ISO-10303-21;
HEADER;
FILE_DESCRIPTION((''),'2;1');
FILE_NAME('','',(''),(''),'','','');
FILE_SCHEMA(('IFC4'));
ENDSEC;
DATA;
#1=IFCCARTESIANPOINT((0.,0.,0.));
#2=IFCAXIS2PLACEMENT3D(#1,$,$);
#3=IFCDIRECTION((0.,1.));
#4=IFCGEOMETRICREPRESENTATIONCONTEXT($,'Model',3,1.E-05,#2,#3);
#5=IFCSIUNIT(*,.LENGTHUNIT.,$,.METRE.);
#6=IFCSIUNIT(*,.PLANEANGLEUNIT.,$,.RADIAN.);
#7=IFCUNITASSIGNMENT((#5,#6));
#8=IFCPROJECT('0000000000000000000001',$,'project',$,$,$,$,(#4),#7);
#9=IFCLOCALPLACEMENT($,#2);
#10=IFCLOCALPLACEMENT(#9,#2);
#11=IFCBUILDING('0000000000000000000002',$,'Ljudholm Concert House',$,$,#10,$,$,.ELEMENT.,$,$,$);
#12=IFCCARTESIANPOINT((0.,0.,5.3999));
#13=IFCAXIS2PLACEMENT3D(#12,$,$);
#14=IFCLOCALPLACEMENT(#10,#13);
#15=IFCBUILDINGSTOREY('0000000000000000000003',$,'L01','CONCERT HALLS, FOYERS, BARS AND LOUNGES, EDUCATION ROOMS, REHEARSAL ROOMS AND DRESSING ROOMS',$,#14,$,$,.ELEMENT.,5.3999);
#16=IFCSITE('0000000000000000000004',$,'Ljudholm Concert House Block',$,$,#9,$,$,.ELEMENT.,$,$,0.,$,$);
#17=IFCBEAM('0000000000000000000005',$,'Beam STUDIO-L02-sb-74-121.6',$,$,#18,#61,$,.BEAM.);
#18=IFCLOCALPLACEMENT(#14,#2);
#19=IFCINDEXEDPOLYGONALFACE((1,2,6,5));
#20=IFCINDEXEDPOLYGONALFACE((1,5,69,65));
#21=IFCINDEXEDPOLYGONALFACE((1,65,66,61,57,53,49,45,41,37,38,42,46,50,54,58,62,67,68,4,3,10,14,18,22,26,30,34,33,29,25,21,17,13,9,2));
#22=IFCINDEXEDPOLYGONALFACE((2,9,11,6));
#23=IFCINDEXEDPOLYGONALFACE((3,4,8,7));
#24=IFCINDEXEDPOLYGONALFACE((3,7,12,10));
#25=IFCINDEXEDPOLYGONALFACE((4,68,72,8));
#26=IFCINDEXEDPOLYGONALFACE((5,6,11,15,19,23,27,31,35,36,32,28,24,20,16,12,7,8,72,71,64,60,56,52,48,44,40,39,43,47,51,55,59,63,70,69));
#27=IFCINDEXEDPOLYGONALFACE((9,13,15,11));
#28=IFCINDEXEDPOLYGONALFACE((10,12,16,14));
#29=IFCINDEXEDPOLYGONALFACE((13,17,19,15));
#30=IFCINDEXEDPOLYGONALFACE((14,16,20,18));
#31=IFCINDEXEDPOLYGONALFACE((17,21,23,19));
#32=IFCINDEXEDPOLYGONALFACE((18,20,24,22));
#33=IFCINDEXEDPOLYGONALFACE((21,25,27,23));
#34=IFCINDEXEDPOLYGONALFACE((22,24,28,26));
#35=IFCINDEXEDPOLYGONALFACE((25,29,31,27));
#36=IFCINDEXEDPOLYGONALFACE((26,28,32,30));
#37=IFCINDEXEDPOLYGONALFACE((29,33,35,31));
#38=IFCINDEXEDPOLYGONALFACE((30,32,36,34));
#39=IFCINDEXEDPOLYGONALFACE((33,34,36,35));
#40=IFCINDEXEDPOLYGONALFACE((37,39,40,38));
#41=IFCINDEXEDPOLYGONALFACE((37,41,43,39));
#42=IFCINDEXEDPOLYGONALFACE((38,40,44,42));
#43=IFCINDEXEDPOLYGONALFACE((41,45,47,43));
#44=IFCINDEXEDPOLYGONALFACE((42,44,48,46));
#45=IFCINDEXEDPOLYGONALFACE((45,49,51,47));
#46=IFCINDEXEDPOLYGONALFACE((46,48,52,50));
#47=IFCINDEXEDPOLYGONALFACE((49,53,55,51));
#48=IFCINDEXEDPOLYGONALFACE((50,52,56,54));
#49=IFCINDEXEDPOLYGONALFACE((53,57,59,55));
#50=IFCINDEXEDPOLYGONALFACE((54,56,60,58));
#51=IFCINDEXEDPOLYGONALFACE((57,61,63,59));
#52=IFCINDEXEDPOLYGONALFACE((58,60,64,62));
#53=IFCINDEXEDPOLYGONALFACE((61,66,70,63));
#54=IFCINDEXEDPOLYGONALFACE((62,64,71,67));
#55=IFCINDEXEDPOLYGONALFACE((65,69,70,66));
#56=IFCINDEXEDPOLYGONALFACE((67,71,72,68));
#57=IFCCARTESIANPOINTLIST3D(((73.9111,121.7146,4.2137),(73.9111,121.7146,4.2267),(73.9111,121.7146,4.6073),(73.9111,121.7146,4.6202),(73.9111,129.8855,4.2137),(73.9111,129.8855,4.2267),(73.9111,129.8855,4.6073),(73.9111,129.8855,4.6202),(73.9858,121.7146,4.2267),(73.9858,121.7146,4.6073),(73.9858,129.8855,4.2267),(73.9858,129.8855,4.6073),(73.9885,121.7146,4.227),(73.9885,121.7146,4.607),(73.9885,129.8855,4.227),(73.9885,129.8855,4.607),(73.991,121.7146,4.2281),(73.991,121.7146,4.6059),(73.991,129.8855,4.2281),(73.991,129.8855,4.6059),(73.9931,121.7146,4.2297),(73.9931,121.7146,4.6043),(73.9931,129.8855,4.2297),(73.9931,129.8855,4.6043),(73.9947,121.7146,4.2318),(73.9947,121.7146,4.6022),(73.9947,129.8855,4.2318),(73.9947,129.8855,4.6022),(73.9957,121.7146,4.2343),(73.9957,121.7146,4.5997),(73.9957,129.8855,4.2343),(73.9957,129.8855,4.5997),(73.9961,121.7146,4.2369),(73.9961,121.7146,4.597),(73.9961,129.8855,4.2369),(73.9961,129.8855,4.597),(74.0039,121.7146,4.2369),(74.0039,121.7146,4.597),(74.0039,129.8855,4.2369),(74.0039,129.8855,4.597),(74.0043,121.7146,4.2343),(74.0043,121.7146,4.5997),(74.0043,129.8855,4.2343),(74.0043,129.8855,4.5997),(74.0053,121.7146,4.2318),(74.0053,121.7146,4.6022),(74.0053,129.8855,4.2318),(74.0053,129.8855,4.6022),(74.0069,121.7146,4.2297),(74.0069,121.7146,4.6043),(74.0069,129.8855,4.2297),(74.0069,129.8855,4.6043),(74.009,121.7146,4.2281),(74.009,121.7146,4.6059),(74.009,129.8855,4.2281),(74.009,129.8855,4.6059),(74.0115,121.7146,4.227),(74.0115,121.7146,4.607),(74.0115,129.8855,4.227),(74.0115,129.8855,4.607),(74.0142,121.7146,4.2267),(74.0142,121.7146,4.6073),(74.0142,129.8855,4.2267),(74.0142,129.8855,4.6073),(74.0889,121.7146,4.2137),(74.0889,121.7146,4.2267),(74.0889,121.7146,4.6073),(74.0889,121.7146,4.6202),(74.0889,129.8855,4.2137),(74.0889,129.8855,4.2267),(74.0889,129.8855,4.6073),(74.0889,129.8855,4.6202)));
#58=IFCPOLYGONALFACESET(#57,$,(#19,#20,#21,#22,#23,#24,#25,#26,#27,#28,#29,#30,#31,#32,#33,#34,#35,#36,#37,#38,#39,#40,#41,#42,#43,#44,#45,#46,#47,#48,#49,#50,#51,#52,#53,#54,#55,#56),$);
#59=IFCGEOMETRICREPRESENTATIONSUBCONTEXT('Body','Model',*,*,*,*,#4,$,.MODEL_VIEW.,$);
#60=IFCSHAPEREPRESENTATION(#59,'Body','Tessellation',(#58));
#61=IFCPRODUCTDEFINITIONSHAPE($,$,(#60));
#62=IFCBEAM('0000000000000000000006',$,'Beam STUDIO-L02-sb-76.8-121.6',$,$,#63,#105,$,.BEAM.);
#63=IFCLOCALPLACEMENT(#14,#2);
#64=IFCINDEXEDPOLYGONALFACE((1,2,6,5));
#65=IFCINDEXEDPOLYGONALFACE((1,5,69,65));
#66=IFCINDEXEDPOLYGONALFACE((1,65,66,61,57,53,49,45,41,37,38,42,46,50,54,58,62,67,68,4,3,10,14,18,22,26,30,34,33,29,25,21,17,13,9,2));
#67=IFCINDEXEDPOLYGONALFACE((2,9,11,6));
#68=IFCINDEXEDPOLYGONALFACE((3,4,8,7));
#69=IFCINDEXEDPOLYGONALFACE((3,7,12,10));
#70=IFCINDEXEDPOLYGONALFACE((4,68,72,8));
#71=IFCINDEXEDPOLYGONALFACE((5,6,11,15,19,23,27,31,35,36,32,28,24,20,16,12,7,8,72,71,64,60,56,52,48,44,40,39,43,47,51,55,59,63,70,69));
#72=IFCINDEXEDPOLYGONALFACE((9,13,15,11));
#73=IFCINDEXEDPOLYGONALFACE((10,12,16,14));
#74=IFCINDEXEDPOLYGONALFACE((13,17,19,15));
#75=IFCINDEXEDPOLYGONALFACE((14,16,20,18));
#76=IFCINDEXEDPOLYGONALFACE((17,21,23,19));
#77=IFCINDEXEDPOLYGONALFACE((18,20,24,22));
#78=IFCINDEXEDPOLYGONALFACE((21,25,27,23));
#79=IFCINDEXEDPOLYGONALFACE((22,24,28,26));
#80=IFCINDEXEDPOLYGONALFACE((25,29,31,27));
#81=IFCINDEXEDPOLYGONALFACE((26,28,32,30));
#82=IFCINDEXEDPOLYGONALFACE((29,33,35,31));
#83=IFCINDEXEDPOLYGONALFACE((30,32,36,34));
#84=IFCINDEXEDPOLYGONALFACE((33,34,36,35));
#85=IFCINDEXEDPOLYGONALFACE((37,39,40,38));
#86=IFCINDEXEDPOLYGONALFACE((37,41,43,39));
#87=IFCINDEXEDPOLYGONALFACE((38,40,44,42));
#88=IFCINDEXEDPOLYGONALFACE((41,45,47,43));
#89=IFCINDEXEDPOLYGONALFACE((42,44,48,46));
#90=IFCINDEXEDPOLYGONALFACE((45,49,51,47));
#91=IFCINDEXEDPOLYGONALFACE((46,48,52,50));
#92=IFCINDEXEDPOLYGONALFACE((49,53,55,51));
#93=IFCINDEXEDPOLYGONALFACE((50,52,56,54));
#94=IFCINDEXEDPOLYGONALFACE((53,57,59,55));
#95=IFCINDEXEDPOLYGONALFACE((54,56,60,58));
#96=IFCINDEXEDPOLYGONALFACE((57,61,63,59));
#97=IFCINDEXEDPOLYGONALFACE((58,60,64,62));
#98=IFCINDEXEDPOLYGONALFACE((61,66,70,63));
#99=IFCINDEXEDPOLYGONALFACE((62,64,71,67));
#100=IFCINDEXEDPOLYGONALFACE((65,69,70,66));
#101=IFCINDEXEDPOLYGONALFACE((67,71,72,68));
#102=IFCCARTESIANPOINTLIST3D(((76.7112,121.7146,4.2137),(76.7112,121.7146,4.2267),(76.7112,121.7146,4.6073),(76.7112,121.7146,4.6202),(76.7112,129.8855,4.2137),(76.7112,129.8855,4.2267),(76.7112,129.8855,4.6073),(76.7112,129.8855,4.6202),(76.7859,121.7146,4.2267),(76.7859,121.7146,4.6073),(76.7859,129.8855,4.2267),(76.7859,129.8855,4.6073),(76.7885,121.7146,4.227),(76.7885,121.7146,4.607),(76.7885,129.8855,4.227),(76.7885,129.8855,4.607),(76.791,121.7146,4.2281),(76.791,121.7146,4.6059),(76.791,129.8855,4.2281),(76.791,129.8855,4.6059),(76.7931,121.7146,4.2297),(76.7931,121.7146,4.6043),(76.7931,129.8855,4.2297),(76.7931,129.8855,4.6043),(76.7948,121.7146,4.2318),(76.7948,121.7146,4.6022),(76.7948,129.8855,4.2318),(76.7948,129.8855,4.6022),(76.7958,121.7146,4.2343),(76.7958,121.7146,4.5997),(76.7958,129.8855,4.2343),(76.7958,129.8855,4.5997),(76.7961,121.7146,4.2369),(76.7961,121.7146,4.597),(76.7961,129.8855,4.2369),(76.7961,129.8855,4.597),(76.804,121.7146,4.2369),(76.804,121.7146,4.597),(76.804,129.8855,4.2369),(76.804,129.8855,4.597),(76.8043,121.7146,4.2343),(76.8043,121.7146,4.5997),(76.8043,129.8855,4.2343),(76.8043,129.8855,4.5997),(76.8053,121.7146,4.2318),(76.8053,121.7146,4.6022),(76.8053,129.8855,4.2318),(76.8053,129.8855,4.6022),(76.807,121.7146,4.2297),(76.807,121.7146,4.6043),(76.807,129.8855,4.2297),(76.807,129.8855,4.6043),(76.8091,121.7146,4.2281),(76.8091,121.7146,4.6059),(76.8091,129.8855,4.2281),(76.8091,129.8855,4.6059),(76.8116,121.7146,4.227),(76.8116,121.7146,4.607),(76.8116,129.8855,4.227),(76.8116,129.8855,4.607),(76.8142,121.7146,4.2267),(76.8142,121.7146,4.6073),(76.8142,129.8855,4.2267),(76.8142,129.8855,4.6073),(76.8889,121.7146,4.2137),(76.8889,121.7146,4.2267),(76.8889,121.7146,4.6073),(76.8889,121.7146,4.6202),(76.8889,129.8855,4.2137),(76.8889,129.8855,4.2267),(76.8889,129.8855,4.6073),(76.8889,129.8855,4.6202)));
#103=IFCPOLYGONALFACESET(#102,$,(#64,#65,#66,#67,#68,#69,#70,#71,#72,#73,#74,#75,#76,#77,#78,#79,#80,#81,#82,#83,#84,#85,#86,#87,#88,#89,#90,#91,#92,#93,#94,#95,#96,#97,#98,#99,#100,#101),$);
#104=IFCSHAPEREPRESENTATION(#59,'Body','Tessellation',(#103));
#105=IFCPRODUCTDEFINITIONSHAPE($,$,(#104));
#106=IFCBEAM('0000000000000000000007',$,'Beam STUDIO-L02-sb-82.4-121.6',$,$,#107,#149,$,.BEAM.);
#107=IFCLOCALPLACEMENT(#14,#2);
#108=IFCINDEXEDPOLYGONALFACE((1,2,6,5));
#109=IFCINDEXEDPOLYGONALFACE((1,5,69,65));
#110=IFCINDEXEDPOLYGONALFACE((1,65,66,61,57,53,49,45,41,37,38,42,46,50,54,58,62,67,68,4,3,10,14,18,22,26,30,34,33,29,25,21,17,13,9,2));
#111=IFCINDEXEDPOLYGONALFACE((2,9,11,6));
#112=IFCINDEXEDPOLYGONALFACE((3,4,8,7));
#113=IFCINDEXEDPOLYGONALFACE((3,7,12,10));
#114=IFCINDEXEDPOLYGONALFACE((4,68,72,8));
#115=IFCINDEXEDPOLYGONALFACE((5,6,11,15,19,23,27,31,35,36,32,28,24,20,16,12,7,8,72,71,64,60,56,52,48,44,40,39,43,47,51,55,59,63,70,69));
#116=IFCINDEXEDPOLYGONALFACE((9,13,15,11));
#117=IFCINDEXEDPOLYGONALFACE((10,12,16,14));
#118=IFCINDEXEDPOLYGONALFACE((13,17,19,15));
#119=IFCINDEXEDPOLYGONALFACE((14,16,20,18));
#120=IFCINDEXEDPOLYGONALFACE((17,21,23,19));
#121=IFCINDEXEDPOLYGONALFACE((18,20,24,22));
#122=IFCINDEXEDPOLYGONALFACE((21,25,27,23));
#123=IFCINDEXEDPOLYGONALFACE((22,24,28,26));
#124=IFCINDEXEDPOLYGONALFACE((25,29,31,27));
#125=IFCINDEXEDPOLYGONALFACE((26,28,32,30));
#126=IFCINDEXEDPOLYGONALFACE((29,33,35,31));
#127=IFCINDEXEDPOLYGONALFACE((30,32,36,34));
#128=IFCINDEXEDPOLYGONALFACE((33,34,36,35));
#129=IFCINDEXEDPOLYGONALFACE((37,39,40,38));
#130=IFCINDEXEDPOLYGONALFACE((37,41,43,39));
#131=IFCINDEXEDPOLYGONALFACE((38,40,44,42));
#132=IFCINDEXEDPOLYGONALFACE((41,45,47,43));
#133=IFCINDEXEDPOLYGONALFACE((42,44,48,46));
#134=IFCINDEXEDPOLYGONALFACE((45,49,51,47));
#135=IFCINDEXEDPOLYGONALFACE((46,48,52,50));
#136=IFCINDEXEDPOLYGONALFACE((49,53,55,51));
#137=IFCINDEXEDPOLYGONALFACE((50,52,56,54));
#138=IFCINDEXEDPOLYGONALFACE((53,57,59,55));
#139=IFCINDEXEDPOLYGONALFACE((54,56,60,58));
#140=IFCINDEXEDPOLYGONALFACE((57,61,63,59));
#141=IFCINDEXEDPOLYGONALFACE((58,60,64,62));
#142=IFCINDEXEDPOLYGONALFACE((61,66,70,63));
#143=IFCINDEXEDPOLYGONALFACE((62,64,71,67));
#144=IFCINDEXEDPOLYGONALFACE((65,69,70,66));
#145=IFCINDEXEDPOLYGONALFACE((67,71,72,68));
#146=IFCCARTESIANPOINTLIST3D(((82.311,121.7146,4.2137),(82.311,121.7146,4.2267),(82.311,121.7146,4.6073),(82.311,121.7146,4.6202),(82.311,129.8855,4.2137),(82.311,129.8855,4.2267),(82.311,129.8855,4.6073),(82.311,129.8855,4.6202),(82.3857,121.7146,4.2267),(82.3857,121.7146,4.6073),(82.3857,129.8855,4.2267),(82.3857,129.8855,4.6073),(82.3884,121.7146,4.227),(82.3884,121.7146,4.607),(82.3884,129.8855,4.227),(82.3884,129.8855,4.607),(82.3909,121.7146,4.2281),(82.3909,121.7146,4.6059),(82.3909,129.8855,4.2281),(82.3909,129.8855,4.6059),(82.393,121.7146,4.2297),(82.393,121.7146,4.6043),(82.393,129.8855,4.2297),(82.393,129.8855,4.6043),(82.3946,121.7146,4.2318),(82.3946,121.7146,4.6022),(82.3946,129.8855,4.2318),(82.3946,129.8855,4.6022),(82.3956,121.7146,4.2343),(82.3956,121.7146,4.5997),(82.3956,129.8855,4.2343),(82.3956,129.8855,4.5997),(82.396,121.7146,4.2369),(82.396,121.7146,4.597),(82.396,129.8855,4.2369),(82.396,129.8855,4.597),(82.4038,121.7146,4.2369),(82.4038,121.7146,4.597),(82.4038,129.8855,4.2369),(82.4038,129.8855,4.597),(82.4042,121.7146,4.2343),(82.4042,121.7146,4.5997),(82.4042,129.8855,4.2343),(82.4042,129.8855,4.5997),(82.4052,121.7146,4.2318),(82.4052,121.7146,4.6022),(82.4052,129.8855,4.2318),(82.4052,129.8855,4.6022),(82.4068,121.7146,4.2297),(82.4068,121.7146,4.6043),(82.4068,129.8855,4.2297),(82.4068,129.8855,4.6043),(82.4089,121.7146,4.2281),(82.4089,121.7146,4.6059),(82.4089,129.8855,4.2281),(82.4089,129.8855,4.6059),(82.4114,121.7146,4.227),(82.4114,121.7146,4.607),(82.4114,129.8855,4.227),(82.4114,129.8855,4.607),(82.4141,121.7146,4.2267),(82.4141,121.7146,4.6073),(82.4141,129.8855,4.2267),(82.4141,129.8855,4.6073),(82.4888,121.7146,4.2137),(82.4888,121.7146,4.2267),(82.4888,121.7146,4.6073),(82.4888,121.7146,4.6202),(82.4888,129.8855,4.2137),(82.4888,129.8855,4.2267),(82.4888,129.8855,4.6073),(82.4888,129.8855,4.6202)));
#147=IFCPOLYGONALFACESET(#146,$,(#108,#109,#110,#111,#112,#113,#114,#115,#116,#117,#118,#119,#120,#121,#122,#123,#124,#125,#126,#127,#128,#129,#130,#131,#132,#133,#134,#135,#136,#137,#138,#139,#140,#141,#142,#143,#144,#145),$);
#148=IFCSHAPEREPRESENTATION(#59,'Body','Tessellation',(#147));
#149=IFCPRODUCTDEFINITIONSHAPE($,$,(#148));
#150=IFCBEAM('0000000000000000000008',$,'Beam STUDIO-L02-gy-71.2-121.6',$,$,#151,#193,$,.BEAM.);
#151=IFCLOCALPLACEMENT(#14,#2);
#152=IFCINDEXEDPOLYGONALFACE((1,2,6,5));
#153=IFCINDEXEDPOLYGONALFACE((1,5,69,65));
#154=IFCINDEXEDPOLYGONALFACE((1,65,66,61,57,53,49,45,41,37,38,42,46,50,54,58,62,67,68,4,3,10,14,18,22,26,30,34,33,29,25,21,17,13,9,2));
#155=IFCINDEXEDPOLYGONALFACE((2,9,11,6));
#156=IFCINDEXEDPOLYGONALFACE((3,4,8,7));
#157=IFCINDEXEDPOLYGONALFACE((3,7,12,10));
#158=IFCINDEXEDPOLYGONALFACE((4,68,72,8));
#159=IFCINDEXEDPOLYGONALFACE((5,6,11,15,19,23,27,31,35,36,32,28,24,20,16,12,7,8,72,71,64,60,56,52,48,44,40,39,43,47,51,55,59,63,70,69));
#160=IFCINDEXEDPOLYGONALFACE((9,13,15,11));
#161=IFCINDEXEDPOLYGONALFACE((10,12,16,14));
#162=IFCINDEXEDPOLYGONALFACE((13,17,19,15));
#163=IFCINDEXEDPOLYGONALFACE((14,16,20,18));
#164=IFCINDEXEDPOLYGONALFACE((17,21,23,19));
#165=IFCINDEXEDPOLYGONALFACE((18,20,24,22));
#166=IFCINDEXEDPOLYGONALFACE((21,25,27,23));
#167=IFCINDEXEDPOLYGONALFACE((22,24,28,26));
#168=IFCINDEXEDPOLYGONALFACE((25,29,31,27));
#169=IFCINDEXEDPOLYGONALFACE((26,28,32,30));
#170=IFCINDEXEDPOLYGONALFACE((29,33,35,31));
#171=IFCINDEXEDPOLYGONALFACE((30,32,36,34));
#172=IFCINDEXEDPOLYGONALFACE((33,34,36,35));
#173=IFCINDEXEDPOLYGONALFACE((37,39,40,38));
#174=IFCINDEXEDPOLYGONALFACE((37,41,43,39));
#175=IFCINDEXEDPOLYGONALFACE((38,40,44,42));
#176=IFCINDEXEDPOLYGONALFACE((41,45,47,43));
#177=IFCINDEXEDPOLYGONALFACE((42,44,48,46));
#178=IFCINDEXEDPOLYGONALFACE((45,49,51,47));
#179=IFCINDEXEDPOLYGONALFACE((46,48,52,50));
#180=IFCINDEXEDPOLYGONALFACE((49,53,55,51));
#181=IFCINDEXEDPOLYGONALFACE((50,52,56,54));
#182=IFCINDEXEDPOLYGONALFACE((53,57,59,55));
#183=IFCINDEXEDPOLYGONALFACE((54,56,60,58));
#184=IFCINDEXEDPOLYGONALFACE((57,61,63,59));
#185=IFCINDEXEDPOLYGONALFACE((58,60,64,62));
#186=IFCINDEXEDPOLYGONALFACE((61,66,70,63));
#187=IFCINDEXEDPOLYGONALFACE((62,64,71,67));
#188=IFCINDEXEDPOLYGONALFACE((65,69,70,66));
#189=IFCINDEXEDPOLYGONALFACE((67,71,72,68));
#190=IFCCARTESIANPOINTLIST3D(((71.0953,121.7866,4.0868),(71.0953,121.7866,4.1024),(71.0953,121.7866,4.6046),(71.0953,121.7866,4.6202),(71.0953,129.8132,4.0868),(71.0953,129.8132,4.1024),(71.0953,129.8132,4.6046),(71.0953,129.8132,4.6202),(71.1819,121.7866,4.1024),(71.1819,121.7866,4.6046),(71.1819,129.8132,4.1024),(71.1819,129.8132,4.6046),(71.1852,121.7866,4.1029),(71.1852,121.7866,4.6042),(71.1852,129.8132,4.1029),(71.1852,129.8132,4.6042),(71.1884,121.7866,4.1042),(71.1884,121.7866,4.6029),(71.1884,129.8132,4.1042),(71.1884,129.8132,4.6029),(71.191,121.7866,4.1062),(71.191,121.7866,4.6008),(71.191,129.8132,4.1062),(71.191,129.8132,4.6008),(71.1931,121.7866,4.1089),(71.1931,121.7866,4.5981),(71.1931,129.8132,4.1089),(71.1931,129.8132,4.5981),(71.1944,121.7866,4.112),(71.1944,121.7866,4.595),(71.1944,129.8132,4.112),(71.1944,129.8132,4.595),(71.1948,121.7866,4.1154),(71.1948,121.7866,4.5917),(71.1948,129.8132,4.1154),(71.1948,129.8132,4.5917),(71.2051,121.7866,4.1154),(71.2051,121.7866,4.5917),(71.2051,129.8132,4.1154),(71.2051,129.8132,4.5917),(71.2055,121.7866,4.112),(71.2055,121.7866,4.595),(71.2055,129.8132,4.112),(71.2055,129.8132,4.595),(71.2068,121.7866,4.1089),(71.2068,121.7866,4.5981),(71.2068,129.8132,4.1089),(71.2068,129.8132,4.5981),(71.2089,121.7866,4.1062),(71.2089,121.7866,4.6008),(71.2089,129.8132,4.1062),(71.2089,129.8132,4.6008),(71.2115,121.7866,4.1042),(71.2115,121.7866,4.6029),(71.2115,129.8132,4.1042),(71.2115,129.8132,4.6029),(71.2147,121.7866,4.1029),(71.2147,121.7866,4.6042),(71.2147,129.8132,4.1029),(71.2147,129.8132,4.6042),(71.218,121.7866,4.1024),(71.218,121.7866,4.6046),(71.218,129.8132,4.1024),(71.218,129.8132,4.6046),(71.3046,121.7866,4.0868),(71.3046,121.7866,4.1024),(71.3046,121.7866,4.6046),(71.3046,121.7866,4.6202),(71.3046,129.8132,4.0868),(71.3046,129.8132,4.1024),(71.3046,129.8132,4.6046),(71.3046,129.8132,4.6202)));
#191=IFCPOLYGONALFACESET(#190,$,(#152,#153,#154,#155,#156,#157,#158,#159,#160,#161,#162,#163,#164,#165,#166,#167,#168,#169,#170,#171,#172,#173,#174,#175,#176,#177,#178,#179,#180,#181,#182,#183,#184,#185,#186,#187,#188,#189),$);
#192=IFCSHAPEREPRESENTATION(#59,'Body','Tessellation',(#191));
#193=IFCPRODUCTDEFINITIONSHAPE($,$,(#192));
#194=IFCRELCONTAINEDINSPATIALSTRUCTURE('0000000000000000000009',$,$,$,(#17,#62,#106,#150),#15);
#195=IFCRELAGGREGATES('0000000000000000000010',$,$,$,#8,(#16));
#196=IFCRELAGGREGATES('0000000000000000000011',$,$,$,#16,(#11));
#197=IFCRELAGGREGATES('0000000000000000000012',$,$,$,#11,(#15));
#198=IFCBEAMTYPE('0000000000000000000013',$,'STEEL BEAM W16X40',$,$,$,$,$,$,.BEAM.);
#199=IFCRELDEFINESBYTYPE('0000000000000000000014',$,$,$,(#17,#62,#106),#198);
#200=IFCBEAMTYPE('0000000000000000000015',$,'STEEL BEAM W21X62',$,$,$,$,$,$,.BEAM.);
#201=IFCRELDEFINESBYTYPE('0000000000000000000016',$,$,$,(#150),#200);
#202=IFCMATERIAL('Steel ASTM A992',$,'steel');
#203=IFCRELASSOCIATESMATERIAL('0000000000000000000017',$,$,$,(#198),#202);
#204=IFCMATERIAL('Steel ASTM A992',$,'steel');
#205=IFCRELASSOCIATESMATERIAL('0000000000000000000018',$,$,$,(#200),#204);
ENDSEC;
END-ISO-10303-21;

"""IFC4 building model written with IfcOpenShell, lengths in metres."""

from ifc_helpers import new_model, si_unit, direction, frame, origin, origin_2d, place, context, subcontext, project, spatial, i_section, extrude, material, material_profile, profile_set, type_object, element, save


model = new_model("IFC4")

# Units and contexts
model_context = context("Model", 3, precision=1e-05, world=origin(), true_north=direction((0.0, 1.0)))
body_context = subcontext(model_context, "Body", "Model", "MODEL_VIEW")
ifc_project = project(units=[si_unit("LENGTHUNIT", "METRE"), si_unit("PLANEANGLEUNIT", "RADIAN")], contexts=[model_context])

# Site, building, storey
site_placement = place(None, origin())
site = spatial("IfcSite", under=ifc_project, at=site_placement, Name="Ljudholm Concert House Block", CompositionType="ELEMENT", RefElevation=0.0)
building_placement = place(site_placement, origin())
building = spatial("IfcBuilding", under=site, at=building_placement, Name="Ljudholm Concert House", CompositionType="ELEMENT")
storey_placement = place(building_placement, frame((0.0, 0.0, 5.3999)))
storey = spatial("IfcBuildingStorey", under=building, at=storey_placement, Name="L01", Description="CONCERT HALLS, FOYERS, BARS AND LOUNGES, EDUCATION ROOMS, REHEARSAL ROOMS AND DRESSING ROOMS", CompositionType="ELEMENT", Elevation=5.3999)

# Beams
ifc_material_1 = material(Name="Steel ASTM A992", Category="steel")
ifc_material_profile_1 = material_profile(ifc_material_1, i_section(OverallWidth=0.1777, OverallDepth=0.4065, WebThickness=0.0078, FlangeThickness=0.0129, FilletRadius=0.0103, at=origin_2d()), Name="W16X40")
ifc_profile_set_1 = profile_set([ifc_material_profile_1], Name="Steel ASTM A992")
beam_type_1 = type_object("IfcBeamType", Name="STEEL BEAM W16X40", PredefinedType="BEAM", material=ifc_profile_set_1)
for number, where, z_axis, x_axis, name in (
    (1, (74.0, 121.7146, 4.417), (0.0, 1.0, 0.0), (-1.0, 0.0, 0.0), "Beam STUDIO-L02-sb-74-121.6"),
    (2, (76.8, 121.7146, 4.417), (0.0, 1.0, 0.0), (-1.0, 0.0, 0.0), "Beam STUDIO-L02-sb-76.8-121.6"),
    (3, (82.3999, 121.7146, 4.417), (0.0, 1.0, 0.0), (-1.0, 0.0, 0.0), "Beam STUDIO-L02-sb-82.4-121.6"),
):
    element("IfcBeam", number, at=place(storey_placement, frame(where, z_axis=z_axis, x_axis=x_axis)), inside=storey, type_object=beam_type_1, Name=name, PredefinedType="BEAM", context=body_context, shape_type="SweptSolid", body=[
        extrude(i_section(OverallWidth=0.1777, OverallDepth=0.4065, WebThickness=0.0078, FlangeThickness=0.0129, FilletRadius=0.0103, at=origin_2d()), origin(), (0.0, 0.0, 1.0), 8.1709),
    ])
ifc_material_2 = material(Name="Steel ASTM A992", Category="steel")
ifc_material_profile_2 = material_profile(ifc_material_2, i_section(OverallWidth=0.2092, OverallDepth=0.5334, WebThickness=0.0103, FlangeThickness=0.0156, FilletRadius=0.0129, at=origin_2d()), Name="W21X62")
ifc_profile_set_2 = profile_set([ifc_material_profile_2], Name="Steel ASTM A992")
beam_type_2 = type_object("IfcBeamType", Name="STEEL BEAM W21X62", PredefinedType="BEAM", material=ifc_profile_set_2)
for number, where, z_axis, x_axis, name in (
    (4, (71.2, 121.7866, 4.3535), (0.0, 1.0, 0.0), (-1.0, 0.0, 0.0), "Beam STUDIO-L02-gy-71.2-121.6"),
):
    element("IfcBeam", number, at=place(storey_placement, frame(where, z_axis=z_axis, x_axis=x_axis)), inside=storey, type_object=beam_type_2, Name=name, PredefinedType="BEAM", context=body_context, shape_type="SweptSolid", body=[
        extrude(i_section(OverallWidth=0.2092, OverallDepth=0.5334, WebThickness=0.0103, FlangeThickness=0.0156, FilletRadius=0.0129, at=origin_2d()), origin(), (0.0, 0.0, 1.0), 8.0266),
    ])

save(model, "model.ifc")
